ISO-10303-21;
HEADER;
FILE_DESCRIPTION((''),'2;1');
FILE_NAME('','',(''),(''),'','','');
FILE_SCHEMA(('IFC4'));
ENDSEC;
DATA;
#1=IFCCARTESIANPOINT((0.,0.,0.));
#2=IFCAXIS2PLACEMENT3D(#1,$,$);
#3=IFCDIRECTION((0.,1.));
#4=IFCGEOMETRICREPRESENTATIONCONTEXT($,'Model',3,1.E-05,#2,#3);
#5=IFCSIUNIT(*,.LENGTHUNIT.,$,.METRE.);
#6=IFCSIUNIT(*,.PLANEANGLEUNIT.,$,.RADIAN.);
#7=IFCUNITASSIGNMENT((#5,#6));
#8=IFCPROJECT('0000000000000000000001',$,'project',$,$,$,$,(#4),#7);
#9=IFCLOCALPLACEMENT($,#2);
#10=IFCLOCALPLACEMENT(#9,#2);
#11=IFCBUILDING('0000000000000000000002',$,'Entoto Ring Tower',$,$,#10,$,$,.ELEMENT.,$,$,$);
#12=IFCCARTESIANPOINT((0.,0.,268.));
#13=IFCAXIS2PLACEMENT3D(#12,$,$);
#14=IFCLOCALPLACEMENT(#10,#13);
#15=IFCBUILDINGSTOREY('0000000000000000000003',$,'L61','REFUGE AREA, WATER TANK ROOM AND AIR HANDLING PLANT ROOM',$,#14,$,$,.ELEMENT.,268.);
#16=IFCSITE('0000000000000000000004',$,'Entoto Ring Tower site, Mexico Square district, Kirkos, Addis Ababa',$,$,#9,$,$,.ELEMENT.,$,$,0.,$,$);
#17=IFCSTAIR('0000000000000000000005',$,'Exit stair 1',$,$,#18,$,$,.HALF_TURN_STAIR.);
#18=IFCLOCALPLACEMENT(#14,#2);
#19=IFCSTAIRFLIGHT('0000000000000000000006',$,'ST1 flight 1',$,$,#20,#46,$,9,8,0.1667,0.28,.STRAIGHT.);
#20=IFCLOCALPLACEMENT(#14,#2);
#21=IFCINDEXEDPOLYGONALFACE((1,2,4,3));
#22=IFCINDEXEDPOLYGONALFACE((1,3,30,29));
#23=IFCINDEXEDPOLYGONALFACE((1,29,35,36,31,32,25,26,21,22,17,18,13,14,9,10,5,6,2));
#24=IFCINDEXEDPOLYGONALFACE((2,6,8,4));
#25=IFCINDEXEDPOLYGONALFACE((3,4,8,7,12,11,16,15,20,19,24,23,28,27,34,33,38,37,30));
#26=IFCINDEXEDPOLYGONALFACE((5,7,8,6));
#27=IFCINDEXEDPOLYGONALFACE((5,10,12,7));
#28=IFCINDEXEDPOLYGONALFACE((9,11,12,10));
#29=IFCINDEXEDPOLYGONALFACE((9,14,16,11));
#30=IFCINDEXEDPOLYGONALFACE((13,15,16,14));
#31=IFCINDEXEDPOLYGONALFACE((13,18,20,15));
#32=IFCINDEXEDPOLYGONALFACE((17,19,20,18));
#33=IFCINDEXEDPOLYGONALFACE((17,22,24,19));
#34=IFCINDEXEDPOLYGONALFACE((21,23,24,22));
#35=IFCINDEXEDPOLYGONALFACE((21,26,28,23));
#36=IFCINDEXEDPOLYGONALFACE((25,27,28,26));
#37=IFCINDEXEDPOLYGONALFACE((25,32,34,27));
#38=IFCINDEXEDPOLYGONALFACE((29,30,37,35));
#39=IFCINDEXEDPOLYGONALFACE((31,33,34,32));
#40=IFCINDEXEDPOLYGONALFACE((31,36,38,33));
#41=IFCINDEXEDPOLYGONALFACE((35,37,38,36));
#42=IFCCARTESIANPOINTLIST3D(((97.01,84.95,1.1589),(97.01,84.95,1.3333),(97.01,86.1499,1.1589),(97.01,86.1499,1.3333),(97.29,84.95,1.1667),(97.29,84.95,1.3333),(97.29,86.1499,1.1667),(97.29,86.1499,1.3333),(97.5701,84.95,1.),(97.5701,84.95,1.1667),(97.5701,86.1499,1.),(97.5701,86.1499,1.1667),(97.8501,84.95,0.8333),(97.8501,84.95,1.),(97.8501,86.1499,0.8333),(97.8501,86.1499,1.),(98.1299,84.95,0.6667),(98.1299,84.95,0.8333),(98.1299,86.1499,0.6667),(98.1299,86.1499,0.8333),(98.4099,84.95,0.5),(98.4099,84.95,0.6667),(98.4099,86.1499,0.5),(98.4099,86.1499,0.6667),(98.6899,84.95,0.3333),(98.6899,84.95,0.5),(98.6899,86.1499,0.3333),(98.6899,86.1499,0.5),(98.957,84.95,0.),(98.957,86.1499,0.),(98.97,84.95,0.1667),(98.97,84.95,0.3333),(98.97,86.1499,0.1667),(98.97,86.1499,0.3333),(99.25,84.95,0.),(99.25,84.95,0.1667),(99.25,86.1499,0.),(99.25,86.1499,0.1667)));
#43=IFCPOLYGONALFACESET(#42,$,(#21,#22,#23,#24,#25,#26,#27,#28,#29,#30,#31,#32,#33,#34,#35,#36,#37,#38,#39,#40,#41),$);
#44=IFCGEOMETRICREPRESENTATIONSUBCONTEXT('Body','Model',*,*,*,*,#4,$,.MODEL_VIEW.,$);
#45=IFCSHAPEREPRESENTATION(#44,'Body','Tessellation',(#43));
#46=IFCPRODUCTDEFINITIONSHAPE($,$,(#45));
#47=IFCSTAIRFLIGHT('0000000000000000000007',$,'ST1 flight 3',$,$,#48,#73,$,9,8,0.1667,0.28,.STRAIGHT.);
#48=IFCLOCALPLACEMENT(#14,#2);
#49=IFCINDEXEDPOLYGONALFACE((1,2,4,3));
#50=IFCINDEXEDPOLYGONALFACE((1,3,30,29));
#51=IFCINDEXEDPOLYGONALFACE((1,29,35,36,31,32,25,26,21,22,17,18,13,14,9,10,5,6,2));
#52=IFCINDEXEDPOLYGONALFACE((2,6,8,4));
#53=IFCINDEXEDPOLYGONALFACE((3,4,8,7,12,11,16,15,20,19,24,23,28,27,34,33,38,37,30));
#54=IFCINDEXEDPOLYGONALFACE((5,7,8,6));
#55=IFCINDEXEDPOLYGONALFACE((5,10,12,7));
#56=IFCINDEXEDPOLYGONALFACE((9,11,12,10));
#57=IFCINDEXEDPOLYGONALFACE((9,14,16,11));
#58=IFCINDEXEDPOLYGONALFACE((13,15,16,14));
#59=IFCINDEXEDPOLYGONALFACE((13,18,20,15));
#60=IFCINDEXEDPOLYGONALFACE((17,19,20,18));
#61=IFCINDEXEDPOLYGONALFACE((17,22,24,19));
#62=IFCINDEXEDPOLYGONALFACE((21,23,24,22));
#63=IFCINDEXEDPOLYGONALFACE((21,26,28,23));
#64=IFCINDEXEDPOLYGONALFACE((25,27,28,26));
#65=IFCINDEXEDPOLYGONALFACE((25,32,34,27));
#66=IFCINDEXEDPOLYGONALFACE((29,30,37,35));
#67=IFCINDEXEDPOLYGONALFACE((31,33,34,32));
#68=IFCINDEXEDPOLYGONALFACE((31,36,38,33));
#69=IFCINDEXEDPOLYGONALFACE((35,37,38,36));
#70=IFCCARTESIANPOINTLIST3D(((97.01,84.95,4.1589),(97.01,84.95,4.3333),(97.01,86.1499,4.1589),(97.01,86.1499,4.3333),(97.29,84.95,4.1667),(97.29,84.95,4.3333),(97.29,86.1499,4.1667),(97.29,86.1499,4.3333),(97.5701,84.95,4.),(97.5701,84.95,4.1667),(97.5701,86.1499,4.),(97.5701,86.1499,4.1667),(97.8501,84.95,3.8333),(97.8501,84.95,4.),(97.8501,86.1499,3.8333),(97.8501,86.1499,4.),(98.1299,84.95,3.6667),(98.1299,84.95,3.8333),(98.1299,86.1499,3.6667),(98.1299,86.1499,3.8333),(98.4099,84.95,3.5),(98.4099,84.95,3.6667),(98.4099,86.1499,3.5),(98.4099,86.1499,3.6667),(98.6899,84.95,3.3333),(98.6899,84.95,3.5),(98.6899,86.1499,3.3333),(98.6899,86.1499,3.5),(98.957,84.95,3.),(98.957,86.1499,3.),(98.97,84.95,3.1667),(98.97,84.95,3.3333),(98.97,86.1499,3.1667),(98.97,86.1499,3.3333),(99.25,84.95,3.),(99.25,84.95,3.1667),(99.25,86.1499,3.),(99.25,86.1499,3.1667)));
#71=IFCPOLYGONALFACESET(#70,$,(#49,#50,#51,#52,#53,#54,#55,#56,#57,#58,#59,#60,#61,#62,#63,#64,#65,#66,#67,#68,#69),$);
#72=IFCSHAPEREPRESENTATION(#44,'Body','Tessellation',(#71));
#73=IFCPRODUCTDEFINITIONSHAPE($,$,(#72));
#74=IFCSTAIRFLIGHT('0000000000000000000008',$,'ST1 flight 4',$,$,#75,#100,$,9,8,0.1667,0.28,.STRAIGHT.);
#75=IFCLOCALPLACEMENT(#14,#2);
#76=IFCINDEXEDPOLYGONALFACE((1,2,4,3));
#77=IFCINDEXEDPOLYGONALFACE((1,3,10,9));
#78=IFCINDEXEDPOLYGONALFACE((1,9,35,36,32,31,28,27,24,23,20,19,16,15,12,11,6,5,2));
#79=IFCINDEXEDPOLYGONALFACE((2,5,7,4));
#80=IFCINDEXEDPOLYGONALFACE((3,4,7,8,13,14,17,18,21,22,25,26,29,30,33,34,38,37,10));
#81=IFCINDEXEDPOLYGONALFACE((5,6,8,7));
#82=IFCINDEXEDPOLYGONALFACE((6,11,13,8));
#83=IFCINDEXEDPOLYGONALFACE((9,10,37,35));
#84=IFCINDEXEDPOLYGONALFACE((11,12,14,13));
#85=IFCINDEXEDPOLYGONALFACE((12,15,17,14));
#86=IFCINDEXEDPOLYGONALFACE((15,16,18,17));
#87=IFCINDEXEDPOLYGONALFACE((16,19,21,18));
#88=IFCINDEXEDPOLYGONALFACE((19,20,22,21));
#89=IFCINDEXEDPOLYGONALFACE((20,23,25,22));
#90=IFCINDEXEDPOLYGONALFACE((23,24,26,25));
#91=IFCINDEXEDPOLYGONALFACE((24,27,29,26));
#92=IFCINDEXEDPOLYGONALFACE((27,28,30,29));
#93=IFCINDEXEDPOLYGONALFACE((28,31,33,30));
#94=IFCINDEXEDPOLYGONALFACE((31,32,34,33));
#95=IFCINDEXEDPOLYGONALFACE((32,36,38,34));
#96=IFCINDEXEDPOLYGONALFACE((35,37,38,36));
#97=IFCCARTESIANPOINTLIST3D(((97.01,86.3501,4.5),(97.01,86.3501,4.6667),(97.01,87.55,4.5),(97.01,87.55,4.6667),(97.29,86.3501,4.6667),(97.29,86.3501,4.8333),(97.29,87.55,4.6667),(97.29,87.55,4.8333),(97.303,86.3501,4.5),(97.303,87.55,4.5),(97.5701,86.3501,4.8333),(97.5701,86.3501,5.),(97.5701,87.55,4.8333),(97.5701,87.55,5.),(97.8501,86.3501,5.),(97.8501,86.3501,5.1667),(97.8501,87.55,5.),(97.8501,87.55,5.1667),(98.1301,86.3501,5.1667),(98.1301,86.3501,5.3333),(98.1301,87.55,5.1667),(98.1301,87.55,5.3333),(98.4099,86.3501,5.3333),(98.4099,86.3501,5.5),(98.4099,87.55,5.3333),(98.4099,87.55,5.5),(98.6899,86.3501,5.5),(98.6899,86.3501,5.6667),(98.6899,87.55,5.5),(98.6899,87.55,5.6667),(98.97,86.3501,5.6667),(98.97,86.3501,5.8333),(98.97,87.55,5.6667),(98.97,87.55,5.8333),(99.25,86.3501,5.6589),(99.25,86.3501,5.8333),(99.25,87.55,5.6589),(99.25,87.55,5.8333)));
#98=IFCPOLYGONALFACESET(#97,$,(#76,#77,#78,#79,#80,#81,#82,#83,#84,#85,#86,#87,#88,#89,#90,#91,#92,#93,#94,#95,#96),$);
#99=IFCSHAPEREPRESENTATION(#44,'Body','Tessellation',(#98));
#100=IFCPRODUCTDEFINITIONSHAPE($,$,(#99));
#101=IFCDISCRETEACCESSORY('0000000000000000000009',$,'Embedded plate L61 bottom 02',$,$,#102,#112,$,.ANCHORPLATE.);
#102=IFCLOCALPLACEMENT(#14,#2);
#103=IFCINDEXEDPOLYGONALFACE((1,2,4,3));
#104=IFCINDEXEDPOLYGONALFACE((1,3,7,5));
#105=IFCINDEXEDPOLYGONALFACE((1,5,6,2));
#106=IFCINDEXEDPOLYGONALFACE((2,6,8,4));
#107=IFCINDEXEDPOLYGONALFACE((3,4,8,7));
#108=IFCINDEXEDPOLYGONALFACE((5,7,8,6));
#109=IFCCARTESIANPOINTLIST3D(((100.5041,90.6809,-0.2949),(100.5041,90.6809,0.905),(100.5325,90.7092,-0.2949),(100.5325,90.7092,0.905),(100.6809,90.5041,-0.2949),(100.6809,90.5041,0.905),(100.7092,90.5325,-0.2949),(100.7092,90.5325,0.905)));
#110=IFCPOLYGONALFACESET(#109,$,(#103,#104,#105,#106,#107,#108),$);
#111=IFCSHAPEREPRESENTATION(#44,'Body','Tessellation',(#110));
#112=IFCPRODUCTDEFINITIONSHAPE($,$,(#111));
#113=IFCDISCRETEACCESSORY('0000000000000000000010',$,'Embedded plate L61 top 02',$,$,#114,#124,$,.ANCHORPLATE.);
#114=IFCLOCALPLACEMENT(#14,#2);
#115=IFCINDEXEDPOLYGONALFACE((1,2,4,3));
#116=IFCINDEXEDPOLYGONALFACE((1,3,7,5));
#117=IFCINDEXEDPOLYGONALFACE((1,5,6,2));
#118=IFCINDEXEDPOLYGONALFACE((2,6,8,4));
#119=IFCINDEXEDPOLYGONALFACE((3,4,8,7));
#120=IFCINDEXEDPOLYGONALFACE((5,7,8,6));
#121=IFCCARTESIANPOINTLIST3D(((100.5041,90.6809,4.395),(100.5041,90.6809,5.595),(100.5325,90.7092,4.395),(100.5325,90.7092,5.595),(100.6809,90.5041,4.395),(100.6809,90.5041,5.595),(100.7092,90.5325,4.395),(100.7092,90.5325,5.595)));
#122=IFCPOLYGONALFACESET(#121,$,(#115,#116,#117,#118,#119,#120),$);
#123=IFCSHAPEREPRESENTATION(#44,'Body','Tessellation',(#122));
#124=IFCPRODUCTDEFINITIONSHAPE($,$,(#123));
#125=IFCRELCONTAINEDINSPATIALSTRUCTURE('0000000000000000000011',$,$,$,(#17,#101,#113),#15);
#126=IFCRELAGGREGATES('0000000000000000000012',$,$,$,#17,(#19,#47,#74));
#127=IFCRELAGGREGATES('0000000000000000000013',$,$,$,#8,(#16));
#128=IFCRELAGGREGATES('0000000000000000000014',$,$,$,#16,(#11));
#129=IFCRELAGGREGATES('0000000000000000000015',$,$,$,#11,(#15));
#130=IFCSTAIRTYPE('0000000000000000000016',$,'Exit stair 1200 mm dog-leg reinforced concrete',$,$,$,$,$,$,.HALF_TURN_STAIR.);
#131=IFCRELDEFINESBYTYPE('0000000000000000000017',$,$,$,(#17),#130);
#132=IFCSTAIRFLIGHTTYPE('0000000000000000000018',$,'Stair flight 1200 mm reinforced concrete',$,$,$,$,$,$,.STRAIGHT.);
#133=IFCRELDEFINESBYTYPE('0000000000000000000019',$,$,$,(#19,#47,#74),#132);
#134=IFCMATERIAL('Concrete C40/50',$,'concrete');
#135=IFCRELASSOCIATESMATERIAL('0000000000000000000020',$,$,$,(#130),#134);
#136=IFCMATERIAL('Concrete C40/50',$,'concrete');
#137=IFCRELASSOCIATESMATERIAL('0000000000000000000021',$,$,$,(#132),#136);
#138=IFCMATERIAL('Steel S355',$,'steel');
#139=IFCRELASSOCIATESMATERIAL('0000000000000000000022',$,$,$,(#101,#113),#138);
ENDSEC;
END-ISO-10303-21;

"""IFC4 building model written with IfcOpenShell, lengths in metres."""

from ifc_helpers import new_model, si_unit, direction, frame, origin, origin_2d, place, context, subcontext, project, spatial, polyline, rectangle, outline, extrude, material, type_object, element, aggregate, save


model = new_model("IFC4")

# Units and contexts
model_context = context("Model", 3, precision=1e-05, world=origin(), true_north=direction((0.0, 1.0)))
body_context = subcontext(model_context, "Body", "Model", "MODEL_VIEW")
ifc_project = project(units=[si_unit("LENGTHUNIT", "METRE"), si_unit("PLANEANGLEUNIT", "RADIAN")], contexts=[model_context])

# Site, building, storey
site_placement = place(None, origin())
site = spatial("IfcSite", under=ifc_project, at=site_placement, Name="Entoto Ring Tower site, Mexico Square district, Kirkos, Addis Ababa", CompositionType="ELEMENT", RefElevation=0.0)
building_placement = place(site_placement, origin())
building = spatial("IfcBuilding", under=site, at=building_placement, Name="Entoto Ring Tower", CompositionType="ELEMENT")
storey_placement = place(building_placement, frame((0.0, 0.0, 268.0)))
storey = spatial("IfcBuildingStorey", under=building, at=storey_placement, Name="L61", Description="REFUGE AREA, WATER TANK ROOM AND AIR HANDLING PLANT ROOM", CompositionType="ELEMENT", Elevation=268.0)

# Stair, stair flights
ifc_material_1 = material(Name="Concrete C40/50", Category="concrete")
stair_type = type_object("IfcStairType", Name="Exit stair 1200 mm dog-leg reinforced concrete", PredefinedType="HALF_TURN_STAIR", material=ifc_material_1)
stair_placement = place(storey_placement, origin())
stair = element("IfcStair", 1, at=stair_placement, inside=storey, type_object=stair_type, Name="Exit stair 1", PredefinedType="HALF_TURN_STAIR")
ifc_material_2 = material(Name="Concrete C40/50", Category="concrete")
stair_flight_type = type_object("IfcStairFlightType", Name="Stair flight 1200 mm reinforced concrete", PredefinedType="STRAIGHT", material=ifc_material_2)
stair_flight_1_placement = place(storey_placement, frame((99.25, 85.55, 0.0), z_axis=(0.0, 0.0, 1.0), x_axis=(-1.0, 0.0, 0.0)))
stair_flight_1 = element("IfcStairFlight", 2, at=stair_flight_1_placement, type_object=stair_flight_type, Name="ST1 flight 1", NumberOfRisers=9, NumberOfTreads=8, PredefinedType="STRAIGHT", RiserHeight=0.1667, TreadLength=0.28, context=body_context, shape_type="SweptSolid", body=[
    extrude(outline(polyline([(0.0, 0.0), (0.0, 0.1667), (0.28, 0.1667), (0.28, 0.3333), (0.5601, 0.3333), (0.5601, 0.5), (0.8401, 0.5), (0.8401, 0.6667), (1.1201, 0.6667), (1.1201, 0.8333), (1.3999, 0.8333), (1.3999, 1.0), (1.6799, 1.0), (1.6799, 1.1667), (1.96, 1.1667), (1.96, 1.3333), (2.24, 1.3333), (2.24, 1.5), (2.24, 1.1589), (0.293, 0.0), (0.0, 0.0)])), frame((0.0, 0.6001, 0.0), z_axis=(0.0, -1.0, 0.0), x_axis=(1.0, 0.0, 0.0)), (0.0, 0.0, 1.0), 1.2),
])
stair_flight_2_placement = place(storey_placement, frame((99.25, 85.55, 3.0), z_axis=(0.0, 0.0, 1.0), x_axis=(-1.0, 0.0, 0.0)))
stair_flight_2 = element("IfcStairFlight", 3, at=stair_flight_2_placement, type_object=stair_flight_type, Name="ST1 flight 3", NumberOfRisers=9, NumberOfTreads=8, PredefinedType="STRAIGHT", RiserHeight=0.1667, TreadLength=0.28, context=body_context, shape_type="SweptSolid", body=[
    extrude(outline(polyline([(0.0, 0.0), (0.0, 0.1667), (0.28, 0.1667), (0.28, 0.3333), (0.5601, 0.3333), (0.5601, 0.5), (0.8401, 0.5), (0.8401, 0.6667), (1.1201, 0.6667), (1.1201, 0.8333), (1.3999, 0.8333), (1.3999, 1.0), (1.6799, 1.0), (1.6799, 1.1667), (1.96, 1.1667), (1.96, 1.3333), (2.24, 1.3333), (2.24, 1.5), (2.24, 1.1589), (0.293, 0.0), (0.0, 0.0)])), frame((0.0, 0.6001, 0.0), z_axis=(0.0, -1.0, 0.0), x_axis=(1.0, 0.0, 0.0)), (0.0, 0.0, 1.0), 1.2),
])
stair_flight_3_placement = place(storey_placement, frame((97.01, 86.95, 4.5), z_axis=(0.0, 0.0, 1.0), x_axis=(1.0, 0.0, 0.0)))
stair_flight_3 = element("IfcStairFlight", 4, at=stair_flight_3_placement, type_object=stair_flight_type, Name="ST1 flight 4", NumberOfRisers=9, NumberOfTreads=8, PredefinedType="STRAIGHT", RiserHeight=0.1667, TreadLength=0.28, context=body_context, shape_type="SweptSolid", body=[
    extrude(outline(polyline([(0.0, 0.0), (0.0, 0.1667), (0.28, 0.1667), (0.28, 0.3333), (0.5601, 0.3333), (0.5601, 0.5), (0.8401, 0.5), (0.8401, 0.6667), (1.1201, 0.6667), (1.1201, 0.8333), (1.3999, 0.8333), (1.3999, 1.0), (1.6799, 1.0), (1.6799, 1.1667), (1.96, 1.1667), (1.96, 1.3333), (2.24, 1.3333), (2.24, 1.5), (2.24, 1.1589), (0.293, 0.0), (0.0, 0.0)])), frame((0.0, 0.6001, 0.0), z_axis=(0.0, -1.0, 0.0), x_axis=(1.0, 0.0, 0.0)), (0.0, 0.0, 1.0), 1.2),
])
aggregate(stair, [stair_flight_1, stair_flight_2, stair_flight_3])

# Discrete accessories
ifc_material_3 = material(Name="Steel S355", Category="steel")
for number, where, z_axis, x_axis, name in (
    (5, (100.6067, 90.6067, -0.2949), (0.0, 0.0, 1.0), (0.707107, 0.707107, 0.0), "Embedded plate L61 bottom 02"),
    (6, (100.6067, 90.6067, 4.395), (0.0, 0.0, 1.0), (0.707107, 0.707107, 0.0), "Embedded plate L61 top 02"),
):
    element("IfcDiscreteAccessory", number, at=place(storey_placement, frame(where, z_axis=z_axis, x_axis=x_axis)), inside=storey, material=ifc_material_3, Name=name, PredefinedType="ANCHORPLATE", context=body_context, shape_type="SweptSolid", body=[
        extrude(rectangle(XDim=0.04, YDim=0.25, at=origin_2d()), origin(), (0.0, 0.0, 1.0), 1.2),
    ])

save(model, "model.ifc")
